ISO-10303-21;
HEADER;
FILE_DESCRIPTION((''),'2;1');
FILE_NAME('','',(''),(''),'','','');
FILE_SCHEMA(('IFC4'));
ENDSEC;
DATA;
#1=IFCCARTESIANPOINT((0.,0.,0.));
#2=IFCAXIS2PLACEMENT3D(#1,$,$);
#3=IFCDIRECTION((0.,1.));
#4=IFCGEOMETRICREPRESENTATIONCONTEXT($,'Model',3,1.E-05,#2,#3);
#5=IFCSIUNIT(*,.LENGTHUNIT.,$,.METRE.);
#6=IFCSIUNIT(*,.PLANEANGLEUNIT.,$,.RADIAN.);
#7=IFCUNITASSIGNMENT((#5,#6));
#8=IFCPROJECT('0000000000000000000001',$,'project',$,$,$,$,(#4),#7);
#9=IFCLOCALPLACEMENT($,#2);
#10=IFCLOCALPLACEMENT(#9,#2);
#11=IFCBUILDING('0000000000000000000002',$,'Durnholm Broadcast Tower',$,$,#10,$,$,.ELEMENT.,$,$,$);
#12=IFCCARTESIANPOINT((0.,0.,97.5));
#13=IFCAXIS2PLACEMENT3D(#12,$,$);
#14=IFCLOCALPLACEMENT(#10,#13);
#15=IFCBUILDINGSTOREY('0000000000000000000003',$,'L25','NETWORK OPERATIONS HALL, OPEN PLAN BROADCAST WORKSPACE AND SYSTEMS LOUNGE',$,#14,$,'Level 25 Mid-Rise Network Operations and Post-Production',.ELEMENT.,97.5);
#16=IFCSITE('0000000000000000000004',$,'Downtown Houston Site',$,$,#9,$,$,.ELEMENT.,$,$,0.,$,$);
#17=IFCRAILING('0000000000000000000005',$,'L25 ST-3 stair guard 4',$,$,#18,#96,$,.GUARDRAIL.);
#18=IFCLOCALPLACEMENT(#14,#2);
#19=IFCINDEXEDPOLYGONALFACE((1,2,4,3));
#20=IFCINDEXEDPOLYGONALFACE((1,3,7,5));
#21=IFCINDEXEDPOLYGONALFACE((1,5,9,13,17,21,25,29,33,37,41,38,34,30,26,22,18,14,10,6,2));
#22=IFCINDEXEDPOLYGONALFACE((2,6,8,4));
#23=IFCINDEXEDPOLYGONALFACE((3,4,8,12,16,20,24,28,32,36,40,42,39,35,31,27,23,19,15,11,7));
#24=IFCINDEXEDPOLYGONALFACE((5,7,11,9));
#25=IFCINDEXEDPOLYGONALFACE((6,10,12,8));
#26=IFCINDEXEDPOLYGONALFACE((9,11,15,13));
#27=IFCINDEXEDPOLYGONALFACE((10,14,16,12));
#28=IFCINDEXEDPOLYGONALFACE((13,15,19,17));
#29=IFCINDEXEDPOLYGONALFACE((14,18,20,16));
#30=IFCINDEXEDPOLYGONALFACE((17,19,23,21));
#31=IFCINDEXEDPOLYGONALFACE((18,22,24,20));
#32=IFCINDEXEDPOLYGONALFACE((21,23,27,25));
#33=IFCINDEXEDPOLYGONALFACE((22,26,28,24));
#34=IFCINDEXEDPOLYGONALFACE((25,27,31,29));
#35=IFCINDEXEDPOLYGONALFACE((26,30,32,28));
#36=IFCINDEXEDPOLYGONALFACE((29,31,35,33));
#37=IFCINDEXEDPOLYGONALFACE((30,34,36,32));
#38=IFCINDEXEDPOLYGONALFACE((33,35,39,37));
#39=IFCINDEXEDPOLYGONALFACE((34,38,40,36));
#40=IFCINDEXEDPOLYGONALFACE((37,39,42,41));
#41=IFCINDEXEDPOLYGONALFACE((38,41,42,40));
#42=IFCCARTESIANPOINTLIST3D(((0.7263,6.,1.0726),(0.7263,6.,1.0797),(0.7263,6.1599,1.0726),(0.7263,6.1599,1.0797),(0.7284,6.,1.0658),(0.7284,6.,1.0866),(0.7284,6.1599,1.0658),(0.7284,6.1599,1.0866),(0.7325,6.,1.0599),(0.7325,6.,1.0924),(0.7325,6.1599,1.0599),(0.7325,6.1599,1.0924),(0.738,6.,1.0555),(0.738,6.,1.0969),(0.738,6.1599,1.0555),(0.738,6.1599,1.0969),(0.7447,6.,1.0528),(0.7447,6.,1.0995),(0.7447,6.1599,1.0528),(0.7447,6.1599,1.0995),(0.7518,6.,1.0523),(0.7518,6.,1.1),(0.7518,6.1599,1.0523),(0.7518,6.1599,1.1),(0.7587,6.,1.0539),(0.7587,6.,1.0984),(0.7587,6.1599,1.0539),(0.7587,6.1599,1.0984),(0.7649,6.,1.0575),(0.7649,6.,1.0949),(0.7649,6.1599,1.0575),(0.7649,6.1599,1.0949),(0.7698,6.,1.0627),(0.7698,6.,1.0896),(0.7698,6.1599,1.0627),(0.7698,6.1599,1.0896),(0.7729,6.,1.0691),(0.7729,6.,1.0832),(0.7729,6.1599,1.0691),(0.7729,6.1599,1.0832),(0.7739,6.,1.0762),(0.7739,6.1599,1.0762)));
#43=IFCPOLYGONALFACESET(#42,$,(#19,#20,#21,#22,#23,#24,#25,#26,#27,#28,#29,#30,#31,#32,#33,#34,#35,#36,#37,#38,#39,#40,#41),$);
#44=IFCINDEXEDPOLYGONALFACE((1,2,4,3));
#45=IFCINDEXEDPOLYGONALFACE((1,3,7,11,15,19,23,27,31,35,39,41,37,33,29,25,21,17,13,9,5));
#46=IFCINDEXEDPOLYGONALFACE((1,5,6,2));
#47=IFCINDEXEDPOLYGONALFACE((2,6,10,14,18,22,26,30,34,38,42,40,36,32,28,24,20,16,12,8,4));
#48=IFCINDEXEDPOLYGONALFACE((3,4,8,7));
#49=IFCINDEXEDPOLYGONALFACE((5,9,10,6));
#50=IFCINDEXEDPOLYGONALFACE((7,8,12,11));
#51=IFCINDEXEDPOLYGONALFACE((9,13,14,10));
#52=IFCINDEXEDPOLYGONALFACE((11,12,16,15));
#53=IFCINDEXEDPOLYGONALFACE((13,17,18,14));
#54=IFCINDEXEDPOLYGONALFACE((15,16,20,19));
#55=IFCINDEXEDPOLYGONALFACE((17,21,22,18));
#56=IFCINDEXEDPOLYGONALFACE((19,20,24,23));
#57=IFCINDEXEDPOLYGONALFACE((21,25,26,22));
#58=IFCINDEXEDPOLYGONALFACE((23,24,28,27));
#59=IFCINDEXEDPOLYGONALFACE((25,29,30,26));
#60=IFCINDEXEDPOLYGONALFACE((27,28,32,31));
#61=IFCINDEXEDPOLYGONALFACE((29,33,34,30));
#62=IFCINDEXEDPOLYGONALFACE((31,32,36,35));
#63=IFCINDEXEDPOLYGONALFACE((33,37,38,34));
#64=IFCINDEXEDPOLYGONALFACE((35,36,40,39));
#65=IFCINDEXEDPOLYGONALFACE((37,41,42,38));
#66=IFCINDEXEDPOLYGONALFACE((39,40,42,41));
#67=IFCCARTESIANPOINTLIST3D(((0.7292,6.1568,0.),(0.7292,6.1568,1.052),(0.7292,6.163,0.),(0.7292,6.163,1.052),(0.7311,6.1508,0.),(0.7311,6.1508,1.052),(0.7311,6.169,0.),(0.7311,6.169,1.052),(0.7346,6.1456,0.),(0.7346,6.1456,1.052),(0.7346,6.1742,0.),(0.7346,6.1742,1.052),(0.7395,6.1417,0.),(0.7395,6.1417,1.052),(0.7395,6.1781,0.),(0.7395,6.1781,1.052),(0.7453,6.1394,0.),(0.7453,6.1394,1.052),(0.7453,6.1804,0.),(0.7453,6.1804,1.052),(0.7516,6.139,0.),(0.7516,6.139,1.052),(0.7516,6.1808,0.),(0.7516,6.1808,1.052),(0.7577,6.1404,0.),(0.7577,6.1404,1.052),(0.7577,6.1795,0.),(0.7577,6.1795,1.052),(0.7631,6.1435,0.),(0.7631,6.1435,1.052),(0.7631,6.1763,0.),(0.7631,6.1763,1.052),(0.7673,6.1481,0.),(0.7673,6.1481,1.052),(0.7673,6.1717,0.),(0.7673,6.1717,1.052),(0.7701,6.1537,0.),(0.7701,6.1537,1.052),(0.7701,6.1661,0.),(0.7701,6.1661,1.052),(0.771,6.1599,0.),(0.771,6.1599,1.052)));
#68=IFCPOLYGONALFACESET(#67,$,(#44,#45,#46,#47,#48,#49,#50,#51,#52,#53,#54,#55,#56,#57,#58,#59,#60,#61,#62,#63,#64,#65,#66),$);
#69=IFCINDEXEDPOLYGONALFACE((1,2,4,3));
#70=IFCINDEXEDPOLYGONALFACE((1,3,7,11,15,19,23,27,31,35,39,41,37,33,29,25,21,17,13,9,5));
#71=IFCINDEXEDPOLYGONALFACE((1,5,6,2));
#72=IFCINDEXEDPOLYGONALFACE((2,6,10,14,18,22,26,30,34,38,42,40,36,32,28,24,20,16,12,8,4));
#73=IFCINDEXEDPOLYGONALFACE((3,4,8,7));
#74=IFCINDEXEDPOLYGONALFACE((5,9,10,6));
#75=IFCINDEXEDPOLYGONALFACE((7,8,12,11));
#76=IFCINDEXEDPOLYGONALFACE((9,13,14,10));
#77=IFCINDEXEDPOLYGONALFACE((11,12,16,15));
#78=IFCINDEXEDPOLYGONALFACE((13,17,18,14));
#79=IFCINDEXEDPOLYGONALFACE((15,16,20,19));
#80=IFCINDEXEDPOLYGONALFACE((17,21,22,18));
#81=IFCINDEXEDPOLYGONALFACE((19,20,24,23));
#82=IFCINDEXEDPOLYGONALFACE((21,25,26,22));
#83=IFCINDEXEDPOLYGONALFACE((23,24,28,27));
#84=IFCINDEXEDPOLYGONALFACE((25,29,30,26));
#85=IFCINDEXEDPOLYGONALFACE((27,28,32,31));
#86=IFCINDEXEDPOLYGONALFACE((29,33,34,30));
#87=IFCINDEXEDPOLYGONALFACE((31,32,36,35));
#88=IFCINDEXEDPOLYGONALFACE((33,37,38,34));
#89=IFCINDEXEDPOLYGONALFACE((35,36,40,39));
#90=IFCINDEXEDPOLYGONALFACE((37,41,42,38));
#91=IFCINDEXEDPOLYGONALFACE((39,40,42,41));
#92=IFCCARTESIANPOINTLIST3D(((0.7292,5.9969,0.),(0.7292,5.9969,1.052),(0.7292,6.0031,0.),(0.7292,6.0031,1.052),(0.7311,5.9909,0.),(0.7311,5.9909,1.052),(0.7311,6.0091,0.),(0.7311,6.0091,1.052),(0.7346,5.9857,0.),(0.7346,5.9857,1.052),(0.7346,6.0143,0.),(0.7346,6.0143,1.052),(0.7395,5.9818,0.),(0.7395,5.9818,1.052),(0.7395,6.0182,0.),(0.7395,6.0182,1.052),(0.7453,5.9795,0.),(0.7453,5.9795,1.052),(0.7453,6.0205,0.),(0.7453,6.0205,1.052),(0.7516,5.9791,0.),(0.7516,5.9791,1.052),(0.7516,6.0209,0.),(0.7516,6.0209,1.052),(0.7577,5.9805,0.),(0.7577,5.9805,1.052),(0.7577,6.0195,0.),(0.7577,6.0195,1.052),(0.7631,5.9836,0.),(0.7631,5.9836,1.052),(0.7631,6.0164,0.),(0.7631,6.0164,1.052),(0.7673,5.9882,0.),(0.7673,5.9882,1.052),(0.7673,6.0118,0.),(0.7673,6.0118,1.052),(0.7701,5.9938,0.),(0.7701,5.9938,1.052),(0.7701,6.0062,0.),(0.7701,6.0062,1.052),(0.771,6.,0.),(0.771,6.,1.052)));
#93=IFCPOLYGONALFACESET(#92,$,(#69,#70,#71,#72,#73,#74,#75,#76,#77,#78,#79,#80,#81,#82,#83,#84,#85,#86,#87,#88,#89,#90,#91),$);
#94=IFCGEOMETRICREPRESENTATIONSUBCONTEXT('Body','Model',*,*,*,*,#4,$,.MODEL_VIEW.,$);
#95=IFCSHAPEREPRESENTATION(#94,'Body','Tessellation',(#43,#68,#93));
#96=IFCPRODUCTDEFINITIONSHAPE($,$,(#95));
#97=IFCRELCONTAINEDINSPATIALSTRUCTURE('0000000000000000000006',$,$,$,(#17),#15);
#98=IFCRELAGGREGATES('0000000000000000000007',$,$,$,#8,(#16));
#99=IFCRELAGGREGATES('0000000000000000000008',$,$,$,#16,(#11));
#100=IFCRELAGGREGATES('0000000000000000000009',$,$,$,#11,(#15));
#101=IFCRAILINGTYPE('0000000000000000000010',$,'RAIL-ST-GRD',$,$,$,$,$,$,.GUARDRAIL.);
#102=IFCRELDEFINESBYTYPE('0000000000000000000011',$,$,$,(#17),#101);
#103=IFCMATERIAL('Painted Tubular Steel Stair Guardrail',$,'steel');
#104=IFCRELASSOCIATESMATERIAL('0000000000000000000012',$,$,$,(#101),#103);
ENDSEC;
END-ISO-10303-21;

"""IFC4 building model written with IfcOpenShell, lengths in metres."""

from ifc_helpers import new_model, si_unit, direction, frame, origin, origin_2d, place, context, subcontext, project, spatial, circle, extrude, material, type_object, element, save


model = new_model("IFC4")

# Units and contexts
model_context = context("Model", 3, precision=1e-05, world=origin(), true_north=direction((0.0, 1.0)))
body_context = subcontext(model_context, "Body", "Model", "MODEL_VIEW")
ifc_project = project(units=[si_unit("LENGTHUNIT", "METRE"), si_unit("PLANEANGLEUNIT", "RADIAN")], contexts=[model_context])

# Site, building, storey
site_placement = place(None, origin())
site = spatial("IfcSite", under=ifc_project, at=site_placement, Name="Downtown Houston Site", CompositionType="ELEMENT", RefElevation=0.0)
building_placement = place(site_placement, origin())
building = spatial("IfcBuilding", under=site, at=building_placement, Name="Durnholm Broadcast Tower", CompositionType="ELEMENT")
storey_placement = place(building_placement, frame((0.0, 0.0, 97.5)))
storey = spatial("IfcBuildingStorey", under=building, at=storey_placement, Name="L25", Description="NETWORK OPERATIONS HALL, OPEN PLAN BROADCAST WORKSPACE AND SYSTEMS LOUNGE", LongName="Level 25 Mid-Rise Network Operations and Post-Production", CompositionType="ELEMENT", Elevation=97.5)

# Railing
ifc_material_1 = material(Name="Painted Tubular Steel Stair Guardrail", Category="steel")
railing_type_1 = type_object("IfcRailingType", Name="RAIL-ST-GRD", PredefinedType="GUARDRAIL", material=ifc_material_1)
railing_1_placement = place(storey_placement, frame((0.75, 6.1599, 0.0)))
element("IfcRailing", 1, at=railing_1_placement, inside=storey, type_object=railing_type_1, Name="L25 ST-3 stair guard 4", PredefinedType="GUARDRAIL", context=body_context, shape_type="SweptSolid", body=[
    extrude(circle(Radius=0.0239, at=origin_2d()), frame((0.0, 0.0, 1.0762), z_axis=(0.0, -1.0, 0.0), x_axis=(1.0, 0.0, 0.0)), (0.0, 0.0, 1.0), 0.1599),
    extrude(circle(Radius=0.021, at=origin_2d()), origin(), (0.0, 0.0, 1.0), 1.052),
    extrude(circle(Radius=0.021, at=origin_2d()), frame((0.0, -0.1599, 0.0)), (0.0, 0.0, 1.0), 1.052),
])

save(model, "model.ifc")
